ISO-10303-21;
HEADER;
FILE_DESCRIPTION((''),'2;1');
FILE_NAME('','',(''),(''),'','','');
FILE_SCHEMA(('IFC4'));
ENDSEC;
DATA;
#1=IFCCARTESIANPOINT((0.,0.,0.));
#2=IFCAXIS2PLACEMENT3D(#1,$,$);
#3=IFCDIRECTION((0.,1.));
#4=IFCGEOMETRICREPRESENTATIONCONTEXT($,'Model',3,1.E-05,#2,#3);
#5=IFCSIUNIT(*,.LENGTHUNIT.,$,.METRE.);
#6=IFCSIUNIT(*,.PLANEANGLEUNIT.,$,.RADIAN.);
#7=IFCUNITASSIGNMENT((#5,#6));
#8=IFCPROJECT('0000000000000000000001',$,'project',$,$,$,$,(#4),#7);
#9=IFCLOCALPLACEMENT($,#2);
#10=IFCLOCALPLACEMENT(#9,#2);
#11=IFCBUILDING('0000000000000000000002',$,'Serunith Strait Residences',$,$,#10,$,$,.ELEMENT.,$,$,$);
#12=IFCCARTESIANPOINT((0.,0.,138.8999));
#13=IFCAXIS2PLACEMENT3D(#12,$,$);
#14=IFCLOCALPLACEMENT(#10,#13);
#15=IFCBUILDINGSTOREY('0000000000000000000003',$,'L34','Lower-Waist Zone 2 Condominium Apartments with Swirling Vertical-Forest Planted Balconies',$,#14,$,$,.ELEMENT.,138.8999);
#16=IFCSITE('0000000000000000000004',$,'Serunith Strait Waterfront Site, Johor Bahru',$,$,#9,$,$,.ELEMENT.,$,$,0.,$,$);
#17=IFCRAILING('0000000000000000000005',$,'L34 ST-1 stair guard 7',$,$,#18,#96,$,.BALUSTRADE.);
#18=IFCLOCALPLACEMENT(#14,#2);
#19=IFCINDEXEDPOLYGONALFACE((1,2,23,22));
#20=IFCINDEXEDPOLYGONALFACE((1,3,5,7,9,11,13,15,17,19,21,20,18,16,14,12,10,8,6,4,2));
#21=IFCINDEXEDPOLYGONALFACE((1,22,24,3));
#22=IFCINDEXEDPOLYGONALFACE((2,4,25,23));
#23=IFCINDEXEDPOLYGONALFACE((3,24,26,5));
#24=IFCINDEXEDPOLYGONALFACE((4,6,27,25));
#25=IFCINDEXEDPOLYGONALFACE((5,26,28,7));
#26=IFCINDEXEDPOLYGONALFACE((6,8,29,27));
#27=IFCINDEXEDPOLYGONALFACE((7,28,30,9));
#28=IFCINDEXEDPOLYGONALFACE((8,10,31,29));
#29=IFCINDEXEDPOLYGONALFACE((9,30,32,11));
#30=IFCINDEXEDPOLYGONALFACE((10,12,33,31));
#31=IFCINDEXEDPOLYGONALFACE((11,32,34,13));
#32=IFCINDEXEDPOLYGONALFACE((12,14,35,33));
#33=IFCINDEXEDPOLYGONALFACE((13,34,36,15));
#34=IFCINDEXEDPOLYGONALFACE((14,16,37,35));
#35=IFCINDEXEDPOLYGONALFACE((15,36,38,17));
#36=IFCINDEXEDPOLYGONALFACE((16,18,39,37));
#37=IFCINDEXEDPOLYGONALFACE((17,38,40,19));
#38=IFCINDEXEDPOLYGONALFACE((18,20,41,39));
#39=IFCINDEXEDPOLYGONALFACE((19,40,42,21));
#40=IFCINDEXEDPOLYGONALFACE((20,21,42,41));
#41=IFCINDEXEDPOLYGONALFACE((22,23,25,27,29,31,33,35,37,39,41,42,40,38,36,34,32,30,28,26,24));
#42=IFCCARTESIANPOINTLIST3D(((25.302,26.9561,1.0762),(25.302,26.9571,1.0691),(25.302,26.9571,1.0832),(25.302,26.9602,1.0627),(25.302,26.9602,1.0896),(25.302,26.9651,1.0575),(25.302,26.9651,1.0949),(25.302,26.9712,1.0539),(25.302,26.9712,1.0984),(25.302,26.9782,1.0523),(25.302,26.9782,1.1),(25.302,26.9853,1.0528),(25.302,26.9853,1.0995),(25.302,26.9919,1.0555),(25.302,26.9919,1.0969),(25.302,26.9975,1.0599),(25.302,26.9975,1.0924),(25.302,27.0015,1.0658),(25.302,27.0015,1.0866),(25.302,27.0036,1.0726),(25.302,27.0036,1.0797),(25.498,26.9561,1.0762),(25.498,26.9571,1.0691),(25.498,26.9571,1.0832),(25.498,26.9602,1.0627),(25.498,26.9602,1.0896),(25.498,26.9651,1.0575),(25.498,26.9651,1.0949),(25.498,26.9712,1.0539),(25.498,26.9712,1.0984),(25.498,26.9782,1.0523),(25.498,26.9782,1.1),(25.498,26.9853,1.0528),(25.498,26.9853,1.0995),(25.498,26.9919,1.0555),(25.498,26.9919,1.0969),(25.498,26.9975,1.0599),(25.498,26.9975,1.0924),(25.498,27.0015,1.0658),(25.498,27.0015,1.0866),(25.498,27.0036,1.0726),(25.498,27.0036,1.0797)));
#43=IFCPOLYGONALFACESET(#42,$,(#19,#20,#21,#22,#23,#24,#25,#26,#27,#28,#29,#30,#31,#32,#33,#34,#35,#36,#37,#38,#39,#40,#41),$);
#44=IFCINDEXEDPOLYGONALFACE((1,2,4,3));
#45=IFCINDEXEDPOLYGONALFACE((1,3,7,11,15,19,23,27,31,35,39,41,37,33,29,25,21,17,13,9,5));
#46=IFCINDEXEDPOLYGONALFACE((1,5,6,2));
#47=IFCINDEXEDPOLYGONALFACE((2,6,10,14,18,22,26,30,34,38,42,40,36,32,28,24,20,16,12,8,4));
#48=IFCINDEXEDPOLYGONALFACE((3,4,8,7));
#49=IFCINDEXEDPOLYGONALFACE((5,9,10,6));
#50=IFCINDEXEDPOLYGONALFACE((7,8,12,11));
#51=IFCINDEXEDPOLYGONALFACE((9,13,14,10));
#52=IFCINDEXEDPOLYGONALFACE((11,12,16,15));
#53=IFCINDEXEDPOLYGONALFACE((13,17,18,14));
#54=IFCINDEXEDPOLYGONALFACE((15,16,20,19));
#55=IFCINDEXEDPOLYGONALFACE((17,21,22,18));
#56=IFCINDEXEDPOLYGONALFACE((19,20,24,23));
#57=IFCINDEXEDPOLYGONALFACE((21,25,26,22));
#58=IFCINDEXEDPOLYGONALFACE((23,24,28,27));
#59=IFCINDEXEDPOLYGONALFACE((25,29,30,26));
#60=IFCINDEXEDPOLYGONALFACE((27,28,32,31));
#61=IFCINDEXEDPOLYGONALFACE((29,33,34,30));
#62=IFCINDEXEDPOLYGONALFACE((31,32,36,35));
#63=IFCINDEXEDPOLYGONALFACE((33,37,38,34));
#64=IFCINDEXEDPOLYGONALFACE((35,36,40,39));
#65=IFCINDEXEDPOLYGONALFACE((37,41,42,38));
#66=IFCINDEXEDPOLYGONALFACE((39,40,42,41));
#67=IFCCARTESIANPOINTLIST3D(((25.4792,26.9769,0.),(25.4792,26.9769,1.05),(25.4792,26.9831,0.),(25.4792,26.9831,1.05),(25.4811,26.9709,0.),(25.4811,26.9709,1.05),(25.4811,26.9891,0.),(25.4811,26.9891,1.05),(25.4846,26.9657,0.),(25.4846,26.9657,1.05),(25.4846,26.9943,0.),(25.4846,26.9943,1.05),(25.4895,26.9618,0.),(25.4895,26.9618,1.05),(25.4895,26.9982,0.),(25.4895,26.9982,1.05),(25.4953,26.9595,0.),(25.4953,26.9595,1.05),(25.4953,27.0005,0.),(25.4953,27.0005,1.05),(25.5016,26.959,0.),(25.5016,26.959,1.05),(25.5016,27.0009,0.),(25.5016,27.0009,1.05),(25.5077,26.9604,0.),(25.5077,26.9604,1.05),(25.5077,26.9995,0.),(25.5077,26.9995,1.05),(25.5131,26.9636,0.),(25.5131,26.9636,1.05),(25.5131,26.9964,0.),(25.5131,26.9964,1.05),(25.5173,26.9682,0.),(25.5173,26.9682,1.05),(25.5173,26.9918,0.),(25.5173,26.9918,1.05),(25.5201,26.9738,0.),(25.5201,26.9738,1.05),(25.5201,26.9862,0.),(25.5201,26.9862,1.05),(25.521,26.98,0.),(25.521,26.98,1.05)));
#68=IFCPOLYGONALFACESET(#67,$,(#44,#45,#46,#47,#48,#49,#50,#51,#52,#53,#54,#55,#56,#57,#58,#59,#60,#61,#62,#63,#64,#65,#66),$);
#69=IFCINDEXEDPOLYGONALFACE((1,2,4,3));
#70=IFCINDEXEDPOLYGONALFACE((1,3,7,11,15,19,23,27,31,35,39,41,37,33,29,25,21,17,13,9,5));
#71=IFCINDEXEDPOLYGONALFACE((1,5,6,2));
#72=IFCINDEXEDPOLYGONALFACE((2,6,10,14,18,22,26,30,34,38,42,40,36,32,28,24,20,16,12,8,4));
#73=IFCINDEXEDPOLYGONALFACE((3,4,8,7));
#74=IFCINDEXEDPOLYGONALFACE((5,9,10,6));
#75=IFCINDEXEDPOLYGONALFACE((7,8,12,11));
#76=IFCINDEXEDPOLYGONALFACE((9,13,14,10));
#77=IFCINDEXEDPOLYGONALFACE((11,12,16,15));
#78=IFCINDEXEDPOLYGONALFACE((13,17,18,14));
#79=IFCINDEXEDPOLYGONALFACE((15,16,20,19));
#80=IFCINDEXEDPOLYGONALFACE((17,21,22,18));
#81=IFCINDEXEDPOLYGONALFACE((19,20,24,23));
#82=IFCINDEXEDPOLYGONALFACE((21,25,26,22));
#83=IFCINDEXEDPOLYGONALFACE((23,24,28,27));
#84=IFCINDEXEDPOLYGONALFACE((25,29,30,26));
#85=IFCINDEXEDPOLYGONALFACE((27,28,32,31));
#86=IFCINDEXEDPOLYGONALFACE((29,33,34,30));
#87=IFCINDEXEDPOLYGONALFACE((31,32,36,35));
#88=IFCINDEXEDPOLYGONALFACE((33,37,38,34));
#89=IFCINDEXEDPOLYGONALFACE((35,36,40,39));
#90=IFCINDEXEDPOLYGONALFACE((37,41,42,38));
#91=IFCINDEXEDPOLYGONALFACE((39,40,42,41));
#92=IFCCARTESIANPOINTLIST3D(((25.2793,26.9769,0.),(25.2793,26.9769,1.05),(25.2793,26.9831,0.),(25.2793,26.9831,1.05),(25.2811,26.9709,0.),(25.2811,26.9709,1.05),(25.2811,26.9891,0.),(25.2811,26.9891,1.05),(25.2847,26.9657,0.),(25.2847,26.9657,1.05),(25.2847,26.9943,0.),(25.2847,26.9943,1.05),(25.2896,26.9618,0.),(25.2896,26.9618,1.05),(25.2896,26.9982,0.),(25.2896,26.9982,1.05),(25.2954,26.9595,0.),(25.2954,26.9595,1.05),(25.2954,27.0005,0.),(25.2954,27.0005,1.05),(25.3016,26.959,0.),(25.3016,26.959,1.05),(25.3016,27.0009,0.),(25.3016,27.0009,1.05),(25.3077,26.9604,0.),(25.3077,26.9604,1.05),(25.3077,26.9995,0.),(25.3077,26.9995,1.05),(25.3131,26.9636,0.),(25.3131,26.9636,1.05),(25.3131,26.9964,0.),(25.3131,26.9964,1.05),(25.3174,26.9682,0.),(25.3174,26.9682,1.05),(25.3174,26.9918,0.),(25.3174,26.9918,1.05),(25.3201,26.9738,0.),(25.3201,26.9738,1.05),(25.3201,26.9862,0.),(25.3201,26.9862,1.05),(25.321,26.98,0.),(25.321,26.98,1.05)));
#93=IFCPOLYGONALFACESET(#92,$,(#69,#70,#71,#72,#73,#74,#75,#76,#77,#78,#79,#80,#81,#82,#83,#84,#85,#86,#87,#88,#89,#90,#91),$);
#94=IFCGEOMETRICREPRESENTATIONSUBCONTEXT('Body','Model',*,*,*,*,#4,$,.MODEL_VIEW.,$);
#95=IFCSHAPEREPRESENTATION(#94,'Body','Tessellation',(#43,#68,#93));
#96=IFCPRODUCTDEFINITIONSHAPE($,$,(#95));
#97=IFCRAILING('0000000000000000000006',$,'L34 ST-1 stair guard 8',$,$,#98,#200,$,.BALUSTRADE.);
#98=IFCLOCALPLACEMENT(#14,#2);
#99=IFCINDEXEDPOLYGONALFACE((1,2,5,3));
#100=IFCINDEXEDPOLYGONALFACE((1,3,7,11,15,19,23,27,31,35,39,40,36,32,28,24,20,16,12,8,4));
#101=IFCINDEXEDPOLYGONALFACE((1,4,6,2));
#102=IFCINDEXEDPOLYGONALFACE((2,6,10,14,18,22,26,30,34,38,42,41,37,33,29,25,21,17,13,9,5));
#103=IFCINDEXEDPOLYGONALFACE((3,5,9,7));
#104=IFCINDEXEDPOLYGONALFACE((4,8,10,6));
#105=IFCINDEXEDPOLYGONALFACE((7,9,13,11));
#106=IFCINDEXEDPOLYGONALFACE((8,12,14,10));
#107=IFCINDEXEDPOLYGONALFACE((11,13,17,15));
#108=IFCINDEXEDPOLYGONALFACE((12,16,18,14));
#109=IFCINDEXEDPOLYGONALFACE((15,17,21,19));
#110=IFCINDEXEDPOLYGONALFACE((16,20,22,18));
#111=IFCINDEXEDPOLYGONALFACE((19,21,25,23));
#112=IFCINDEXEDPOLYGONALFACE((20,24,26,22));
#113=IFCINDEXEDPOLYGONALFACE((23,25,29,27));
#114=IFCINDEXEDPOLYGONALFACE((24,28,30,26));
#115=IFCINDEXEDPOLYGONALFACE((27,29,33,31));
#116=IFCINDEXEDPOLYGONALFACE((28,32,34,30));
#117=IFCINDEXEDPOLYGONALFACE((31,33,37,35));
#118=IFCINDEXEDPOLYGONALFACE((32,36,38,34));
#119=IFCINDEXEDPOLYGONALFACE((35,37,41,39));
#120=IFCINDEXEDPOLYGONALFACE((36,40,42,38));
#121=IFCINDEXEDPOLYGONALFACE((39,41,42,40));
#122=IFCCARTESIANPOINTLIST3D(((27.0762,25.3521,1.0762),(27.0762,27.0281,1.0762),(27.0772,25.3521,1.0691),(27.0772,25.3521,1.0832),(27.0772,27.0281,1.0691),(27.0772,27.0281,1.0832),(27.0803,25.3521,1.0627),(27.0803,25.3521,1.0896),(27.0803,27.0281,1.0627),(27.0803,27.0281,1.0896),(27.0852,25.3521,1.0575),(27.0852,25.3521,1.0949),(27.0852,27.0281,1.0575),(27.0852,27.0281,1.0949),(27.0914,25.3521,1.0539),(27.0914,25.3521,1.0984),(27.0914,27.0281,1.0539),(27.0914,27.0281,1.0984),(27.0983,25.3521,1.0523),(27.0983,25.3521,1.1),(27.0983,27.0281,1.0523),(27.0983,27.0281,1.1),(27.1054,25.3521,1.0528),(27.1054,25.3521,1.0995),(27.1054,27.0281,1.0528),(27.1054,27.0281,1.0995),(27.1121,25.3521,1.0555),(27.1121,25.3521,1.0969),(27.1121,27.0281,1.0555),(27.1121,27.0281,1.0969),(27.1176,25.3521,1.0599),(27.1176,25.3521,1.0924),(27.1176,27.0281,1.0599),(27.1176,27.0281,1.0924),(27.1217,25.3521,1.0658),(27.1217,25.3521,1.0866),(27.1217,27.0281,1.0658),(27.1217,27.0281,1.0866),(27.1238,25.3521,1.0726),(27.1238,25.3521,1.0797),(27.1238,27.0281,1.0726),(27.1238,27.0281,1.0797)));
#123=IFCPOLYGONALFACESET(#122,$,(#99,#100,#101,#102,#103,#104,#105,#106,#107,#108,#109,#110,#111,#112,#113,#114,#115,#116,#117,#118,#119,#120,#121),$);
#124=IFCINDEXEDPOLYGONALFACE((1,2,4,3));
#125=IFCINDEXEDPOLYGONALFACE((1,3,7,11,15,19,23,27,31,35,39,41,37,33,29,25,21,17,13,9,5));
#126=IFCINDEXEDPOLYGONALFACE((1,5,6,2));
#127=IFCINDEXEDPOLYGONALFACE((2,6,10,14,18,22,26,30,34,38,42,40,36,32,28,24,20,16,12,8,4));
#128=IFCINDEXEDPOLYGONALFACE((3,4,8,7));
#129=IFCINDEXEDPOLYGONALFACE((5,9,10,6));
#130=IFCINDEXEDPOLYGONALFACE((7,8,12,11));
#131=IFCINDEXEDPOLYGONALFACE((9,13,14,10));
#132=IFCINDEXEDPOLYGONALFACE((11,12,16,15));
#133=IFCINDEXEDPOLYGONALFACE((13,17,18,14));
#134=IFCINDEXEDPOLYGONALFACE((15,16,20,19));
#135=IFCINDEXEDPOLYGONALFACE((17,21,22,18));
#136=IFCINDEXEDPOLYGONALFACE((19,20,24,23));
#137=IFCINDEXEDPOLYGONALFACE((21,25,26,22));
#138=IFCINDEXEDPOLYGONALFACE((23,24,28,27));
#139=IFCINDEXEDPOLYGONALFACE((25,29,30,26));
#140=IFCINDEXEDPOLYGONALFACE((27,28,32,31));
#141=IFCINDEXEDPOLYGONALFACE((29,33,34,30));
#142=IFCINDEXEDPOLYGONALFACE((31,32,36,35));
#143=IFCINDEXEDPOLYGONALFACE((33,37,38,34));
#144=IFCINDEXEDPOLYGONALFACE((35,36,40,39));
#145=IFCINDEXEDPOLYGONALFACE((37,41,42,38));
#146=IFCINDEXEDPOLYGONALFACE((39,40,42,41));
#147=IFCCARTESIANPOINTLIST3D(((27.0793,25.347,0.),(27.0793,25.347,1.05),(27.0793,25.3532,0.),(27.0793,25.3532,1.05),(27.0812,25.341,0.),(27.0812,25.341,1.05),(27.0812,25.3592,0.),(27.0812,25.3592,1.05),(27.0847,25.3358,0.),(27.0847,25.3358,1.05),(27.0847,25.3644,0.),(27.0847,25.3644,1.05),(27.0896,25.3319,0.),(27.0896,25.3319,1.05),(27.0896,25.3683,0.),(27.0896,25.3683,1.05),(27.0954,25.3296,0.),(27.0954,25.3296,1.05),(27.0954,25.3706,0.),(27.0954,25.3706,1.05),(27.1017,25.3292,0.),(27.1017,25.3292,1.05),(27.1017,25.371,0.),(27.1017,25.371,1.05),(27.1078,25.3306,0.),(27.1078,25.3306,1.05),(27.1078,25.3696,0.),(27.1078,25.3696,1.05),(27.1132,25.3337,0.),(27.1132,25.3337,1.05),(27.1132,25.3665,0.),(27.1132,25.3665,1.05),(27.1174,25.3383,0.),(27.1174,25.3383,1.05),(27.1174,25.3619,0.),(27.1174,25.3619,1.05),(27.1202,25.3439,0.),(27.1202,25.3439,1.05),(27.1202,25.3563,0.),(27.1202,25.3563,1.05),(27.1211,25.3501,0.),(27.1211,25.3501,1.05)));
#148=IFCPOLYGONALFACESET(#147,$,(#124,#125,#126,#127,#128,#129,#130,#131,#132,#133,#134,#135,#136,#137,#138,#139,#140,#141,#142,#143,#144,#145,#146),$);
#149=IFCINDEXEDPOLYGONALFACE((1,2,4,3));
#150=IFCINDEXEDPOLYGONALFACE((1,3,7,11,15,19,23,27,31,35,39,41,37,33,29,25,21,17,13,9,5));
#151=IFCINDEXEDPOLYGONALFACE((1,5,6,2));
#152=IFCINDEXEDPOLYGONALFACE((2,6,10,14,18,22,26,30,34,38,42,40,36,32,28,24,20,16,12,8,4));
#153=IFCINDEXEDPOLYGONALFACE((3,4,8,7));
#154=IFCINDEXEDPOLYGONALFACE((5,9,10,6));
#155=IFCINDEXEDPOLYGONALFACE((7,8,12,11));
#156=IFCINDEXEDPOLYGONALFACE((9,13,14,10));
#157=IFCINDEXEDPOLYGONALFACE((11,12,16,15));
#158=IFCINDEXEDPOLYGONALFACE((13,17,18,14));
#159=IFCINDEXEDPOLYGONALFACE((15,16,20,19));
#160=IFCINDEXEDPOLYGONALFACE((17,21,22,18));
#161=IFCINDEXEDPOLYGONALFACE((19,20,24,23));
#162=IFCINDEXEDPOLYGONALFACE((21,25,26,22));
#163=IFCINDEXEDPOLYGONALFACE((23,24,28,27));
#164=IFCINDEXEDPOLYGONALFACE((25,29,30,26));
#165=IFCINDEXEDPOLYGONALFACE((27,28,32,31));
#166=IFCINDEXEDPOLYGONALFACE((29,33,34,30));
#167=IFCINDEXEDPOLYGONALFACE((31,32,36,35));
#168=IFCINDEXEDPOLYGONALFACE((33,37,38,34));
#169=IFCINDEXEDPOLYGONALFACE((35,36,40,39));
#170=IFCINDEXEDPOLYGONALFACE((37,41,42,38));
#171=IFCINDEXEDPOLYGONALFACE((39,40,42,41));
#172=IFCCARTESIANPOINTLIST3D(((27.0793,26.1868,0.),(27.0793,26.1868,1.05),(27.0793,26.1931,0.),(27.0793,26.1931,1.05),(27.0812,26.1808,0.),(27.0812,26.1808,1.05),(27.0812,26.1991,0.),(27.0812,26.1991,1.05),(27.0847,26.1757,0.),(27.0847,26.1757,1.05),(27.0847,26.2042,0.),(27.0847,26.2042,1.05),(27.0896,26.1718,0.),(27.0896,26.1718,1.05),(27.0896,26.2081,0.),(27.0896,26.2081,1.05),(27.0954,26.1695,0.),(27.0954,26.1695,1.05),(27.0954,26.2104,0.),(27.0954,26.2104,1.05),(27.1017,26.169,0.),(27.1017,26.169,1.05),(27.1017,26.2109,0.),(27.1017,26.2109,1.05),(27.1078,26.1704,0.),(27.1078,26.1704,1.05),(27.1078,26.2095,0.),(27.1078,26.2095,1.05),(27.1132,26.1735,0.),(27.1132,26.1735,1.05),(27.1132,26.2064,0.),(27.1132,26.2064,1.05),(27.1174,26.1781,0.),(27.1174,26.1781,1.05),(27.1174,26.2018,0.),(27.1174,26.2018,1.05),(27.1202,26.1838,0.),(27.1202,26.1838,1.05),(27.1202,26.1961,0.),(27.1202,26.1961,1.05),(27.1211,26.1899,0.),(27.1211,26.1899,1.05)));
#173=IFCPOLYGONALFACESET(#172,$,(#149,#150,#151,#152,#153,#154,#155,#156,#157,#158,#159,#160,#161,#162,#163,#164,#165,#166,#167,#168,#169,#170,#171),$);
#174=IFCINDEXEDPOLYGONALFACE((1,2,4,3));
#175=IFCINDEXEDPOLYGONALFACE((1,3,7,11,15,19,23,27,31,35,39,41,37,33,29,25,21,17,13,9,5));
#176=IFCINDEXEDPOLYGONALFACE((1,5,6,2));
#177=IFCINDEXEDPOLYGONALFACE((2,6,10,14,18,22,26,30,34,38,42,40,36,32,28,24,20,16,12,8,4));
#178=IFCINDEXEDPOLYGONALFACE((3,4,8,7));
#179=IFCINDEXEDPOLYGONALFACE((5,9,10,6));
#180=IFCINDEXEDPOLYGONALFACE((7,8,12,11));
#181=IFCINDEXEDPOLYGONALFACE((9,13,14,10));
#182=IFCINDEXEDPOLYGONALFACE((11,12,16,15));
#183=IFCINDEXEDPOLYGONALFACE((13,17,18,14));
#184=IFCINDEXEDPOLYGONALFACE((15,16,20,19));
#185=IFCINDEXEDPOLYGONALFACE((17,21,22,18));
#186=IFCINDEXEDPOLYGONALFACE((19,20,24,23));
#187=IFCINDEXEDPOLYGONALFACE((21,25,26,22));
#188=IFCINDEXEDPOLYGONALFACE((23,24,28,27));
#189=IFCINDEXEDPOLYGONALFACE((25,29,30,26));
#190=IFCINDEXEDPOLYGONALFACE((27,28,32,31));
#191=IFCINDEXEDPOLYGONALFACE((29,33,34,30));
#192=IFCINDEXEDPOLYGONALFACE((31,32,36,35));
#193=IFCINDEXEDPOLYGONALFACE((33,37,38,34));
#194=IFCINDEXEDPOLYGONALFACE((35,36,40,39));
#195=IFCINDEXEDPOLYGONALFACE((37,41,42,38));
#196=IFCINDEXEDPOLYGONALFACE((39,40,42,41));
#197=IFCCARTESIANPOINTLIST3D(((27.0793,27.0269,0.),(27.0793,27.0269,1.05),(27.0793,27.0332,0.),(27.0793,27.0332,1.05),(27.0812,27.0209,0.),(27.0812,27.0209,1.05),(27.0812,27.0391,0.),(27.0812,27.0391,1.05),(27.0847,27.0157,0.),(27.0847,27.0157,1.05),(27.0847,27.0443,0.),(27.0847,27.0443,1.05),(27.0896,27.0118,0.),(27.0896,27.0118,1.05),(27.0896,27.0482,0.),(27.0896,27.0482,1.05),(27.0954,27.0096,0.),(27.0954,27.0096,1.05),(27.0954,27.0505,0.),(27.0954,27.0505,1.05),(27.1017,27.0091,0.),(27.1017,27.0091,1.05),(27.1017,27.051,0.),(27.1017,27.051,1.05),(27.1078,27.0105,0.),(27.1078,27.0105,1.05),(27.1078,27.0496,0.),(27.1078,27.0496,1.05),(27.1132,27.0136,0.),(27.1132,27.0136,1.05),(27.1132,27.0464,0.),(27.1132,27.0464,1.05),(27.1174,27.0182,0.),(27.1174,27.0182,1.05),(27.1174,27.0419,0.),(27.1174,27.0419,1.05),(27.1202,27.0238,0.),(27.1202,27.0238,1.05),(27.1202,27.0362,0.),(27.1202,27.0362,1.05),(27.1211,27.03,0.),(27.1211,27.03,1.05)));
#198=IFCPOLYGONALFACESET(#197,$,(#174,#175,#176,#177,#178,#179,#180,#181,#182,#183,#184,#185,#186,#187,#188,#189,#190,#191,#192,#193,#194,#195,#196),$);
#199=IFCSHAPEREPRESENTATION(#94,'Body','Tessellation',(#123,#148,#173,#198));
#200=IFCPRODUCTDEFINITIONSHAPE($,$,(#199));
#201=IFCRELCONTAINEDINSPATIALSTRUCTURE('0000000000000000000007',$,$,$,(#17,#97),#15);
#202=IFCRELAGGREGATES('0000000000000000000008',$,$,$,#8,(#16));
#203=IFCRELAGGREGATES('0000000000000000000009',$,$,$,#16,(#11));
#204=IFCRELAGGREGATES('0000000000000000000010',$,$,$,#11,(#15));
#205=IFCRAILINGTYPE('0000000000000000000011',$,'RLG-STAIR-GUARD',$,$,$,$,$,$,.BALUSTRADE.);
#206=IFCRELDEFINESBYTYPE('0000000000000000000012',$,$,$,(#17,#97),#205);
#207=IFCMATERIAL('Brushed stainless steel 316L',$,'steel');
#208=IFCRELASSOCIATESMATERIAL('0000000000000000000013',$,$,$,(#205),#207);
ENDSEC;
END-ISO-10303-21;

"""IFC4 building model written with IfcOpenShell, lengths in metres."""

from ifc_helpers import new_model, si_unit, direction, frame, origin, origin_2d, place, context, subcontext, project, spatial, circle, extrude, material, type_object, element, save


model = new_model("IFC4")

# Units and contexts
model_context = context("Model", 3, precision=1e-05, world=origin(), true_north=direction((0.0, 1.0)))
body_context = subcontext(model_context, "Body", "Model", "MODEL_VIEW")
ifc_project = project(units=[si_unit("LENGTHUNIT", "METRE"), si_unit("PLANEANGLEUNIT", "RADIAN")], contexts=[model_context])

# Site, building, storey
site_placement = place(None, origin())
site = spatial("IfcSite", under=ifc_project, at=site_placement, Name="Serunith Strait Waterfront Site, Johor Bahru", CompositionType="ELEMENT", RefElevation=0.0)
building_placement = place(site_placement, origin())
building = spatial("IfcBuilding", under=site, at=building_placement, Name="Serunith Strait Residences", CompositionType="ELEMENT")
storey_placement = place(building_placement, frame((0.0, 0.0, 138.8999)))
storey = spatial("IfcBuildingStorey", under=building, at=storey_placement, Name="L34", Description="Lower-Waist Zone 2 Condominium Apartments with Swirling Vertical-Forest Planted Balconies", CompositionType="ELEMENT", Elevation=138.8999)

# Railings
ifc_material_1 = material(Name="Brushed stainless steel 316L", Category="steel")
railing_type_1 = type_object("IfcRailingType", Name="RLG-STAIR-GUARD", PredefinedType="BALUSTRADE", material=ifc_material_1)
railing_1_placement = place(storey_placement, frame((25.5, 26.98, 0.0)))
element("IfcRailing", 1, at=railing_1_placement, inside=storey, type_object=railing_type_1, Name="L34 ST-1 stair guard 7", PredefinedType="BALUSTRADE", context=body_context, shape_type="SweptSolid", body=[
    extrude(circle(Radius=0.0239, at=origin_2d()), frame((-0.002, 0.0, 1.0762), z_axis=(-1.0, 0.0, 0.0), x_axis=(0.0, -1.0, 0.0)), (0.0, 0.0, 1.0), 0.196),
    extrude(circle(Radius=0.021, at=origin_2d()), origin(), (0.0, 0.0, 1.0), 1.05),
    extrude(circle(Radius=0.021, at=origin_2d()), frame((-0.2, 0.0, 0.0)), (0.0, 0.0, 1.0), 1.05),
])
railing_2_placement = place(storey_placement, frame((27.1001, 25.3501, 0.0)))
element("IfcRailing", 2, at=railing_2_placement, inside=storey, type_object=railing_type_1, Name="L34 ST-1 stair guard 8", PredefinedType="BALUSTRADE", context=body_context, shape_type="SweptSolid", body=[
    extrude(circle(Radius=0.0239, at=origin_2d()), frame((0.0, 0.002, 1.0762), z_axis=(0.0, 1.0, 0.0), x_axis=(-1.0, 0.0, 0.0)), (0.0, 0.0, 1.0), 1.676),
    extrude(circle(Radius=0.021, at=origin_2d()), origin(), (0.0, 0.0, 1.0), 1.05),
    extrude(circle(Radius=0.021, at=origin_2d()), frame((0.0, 0.8398, 0.0)), (0.0, 0.0, 1.0), 1.05),
    extrude(circle(Radius=0.021, at=origin_2d()), frame((0.0, 1.6799, 0.0)), (0.0, 0.0, 1.0), 1.05),
])

save(model, "model.ifc")
